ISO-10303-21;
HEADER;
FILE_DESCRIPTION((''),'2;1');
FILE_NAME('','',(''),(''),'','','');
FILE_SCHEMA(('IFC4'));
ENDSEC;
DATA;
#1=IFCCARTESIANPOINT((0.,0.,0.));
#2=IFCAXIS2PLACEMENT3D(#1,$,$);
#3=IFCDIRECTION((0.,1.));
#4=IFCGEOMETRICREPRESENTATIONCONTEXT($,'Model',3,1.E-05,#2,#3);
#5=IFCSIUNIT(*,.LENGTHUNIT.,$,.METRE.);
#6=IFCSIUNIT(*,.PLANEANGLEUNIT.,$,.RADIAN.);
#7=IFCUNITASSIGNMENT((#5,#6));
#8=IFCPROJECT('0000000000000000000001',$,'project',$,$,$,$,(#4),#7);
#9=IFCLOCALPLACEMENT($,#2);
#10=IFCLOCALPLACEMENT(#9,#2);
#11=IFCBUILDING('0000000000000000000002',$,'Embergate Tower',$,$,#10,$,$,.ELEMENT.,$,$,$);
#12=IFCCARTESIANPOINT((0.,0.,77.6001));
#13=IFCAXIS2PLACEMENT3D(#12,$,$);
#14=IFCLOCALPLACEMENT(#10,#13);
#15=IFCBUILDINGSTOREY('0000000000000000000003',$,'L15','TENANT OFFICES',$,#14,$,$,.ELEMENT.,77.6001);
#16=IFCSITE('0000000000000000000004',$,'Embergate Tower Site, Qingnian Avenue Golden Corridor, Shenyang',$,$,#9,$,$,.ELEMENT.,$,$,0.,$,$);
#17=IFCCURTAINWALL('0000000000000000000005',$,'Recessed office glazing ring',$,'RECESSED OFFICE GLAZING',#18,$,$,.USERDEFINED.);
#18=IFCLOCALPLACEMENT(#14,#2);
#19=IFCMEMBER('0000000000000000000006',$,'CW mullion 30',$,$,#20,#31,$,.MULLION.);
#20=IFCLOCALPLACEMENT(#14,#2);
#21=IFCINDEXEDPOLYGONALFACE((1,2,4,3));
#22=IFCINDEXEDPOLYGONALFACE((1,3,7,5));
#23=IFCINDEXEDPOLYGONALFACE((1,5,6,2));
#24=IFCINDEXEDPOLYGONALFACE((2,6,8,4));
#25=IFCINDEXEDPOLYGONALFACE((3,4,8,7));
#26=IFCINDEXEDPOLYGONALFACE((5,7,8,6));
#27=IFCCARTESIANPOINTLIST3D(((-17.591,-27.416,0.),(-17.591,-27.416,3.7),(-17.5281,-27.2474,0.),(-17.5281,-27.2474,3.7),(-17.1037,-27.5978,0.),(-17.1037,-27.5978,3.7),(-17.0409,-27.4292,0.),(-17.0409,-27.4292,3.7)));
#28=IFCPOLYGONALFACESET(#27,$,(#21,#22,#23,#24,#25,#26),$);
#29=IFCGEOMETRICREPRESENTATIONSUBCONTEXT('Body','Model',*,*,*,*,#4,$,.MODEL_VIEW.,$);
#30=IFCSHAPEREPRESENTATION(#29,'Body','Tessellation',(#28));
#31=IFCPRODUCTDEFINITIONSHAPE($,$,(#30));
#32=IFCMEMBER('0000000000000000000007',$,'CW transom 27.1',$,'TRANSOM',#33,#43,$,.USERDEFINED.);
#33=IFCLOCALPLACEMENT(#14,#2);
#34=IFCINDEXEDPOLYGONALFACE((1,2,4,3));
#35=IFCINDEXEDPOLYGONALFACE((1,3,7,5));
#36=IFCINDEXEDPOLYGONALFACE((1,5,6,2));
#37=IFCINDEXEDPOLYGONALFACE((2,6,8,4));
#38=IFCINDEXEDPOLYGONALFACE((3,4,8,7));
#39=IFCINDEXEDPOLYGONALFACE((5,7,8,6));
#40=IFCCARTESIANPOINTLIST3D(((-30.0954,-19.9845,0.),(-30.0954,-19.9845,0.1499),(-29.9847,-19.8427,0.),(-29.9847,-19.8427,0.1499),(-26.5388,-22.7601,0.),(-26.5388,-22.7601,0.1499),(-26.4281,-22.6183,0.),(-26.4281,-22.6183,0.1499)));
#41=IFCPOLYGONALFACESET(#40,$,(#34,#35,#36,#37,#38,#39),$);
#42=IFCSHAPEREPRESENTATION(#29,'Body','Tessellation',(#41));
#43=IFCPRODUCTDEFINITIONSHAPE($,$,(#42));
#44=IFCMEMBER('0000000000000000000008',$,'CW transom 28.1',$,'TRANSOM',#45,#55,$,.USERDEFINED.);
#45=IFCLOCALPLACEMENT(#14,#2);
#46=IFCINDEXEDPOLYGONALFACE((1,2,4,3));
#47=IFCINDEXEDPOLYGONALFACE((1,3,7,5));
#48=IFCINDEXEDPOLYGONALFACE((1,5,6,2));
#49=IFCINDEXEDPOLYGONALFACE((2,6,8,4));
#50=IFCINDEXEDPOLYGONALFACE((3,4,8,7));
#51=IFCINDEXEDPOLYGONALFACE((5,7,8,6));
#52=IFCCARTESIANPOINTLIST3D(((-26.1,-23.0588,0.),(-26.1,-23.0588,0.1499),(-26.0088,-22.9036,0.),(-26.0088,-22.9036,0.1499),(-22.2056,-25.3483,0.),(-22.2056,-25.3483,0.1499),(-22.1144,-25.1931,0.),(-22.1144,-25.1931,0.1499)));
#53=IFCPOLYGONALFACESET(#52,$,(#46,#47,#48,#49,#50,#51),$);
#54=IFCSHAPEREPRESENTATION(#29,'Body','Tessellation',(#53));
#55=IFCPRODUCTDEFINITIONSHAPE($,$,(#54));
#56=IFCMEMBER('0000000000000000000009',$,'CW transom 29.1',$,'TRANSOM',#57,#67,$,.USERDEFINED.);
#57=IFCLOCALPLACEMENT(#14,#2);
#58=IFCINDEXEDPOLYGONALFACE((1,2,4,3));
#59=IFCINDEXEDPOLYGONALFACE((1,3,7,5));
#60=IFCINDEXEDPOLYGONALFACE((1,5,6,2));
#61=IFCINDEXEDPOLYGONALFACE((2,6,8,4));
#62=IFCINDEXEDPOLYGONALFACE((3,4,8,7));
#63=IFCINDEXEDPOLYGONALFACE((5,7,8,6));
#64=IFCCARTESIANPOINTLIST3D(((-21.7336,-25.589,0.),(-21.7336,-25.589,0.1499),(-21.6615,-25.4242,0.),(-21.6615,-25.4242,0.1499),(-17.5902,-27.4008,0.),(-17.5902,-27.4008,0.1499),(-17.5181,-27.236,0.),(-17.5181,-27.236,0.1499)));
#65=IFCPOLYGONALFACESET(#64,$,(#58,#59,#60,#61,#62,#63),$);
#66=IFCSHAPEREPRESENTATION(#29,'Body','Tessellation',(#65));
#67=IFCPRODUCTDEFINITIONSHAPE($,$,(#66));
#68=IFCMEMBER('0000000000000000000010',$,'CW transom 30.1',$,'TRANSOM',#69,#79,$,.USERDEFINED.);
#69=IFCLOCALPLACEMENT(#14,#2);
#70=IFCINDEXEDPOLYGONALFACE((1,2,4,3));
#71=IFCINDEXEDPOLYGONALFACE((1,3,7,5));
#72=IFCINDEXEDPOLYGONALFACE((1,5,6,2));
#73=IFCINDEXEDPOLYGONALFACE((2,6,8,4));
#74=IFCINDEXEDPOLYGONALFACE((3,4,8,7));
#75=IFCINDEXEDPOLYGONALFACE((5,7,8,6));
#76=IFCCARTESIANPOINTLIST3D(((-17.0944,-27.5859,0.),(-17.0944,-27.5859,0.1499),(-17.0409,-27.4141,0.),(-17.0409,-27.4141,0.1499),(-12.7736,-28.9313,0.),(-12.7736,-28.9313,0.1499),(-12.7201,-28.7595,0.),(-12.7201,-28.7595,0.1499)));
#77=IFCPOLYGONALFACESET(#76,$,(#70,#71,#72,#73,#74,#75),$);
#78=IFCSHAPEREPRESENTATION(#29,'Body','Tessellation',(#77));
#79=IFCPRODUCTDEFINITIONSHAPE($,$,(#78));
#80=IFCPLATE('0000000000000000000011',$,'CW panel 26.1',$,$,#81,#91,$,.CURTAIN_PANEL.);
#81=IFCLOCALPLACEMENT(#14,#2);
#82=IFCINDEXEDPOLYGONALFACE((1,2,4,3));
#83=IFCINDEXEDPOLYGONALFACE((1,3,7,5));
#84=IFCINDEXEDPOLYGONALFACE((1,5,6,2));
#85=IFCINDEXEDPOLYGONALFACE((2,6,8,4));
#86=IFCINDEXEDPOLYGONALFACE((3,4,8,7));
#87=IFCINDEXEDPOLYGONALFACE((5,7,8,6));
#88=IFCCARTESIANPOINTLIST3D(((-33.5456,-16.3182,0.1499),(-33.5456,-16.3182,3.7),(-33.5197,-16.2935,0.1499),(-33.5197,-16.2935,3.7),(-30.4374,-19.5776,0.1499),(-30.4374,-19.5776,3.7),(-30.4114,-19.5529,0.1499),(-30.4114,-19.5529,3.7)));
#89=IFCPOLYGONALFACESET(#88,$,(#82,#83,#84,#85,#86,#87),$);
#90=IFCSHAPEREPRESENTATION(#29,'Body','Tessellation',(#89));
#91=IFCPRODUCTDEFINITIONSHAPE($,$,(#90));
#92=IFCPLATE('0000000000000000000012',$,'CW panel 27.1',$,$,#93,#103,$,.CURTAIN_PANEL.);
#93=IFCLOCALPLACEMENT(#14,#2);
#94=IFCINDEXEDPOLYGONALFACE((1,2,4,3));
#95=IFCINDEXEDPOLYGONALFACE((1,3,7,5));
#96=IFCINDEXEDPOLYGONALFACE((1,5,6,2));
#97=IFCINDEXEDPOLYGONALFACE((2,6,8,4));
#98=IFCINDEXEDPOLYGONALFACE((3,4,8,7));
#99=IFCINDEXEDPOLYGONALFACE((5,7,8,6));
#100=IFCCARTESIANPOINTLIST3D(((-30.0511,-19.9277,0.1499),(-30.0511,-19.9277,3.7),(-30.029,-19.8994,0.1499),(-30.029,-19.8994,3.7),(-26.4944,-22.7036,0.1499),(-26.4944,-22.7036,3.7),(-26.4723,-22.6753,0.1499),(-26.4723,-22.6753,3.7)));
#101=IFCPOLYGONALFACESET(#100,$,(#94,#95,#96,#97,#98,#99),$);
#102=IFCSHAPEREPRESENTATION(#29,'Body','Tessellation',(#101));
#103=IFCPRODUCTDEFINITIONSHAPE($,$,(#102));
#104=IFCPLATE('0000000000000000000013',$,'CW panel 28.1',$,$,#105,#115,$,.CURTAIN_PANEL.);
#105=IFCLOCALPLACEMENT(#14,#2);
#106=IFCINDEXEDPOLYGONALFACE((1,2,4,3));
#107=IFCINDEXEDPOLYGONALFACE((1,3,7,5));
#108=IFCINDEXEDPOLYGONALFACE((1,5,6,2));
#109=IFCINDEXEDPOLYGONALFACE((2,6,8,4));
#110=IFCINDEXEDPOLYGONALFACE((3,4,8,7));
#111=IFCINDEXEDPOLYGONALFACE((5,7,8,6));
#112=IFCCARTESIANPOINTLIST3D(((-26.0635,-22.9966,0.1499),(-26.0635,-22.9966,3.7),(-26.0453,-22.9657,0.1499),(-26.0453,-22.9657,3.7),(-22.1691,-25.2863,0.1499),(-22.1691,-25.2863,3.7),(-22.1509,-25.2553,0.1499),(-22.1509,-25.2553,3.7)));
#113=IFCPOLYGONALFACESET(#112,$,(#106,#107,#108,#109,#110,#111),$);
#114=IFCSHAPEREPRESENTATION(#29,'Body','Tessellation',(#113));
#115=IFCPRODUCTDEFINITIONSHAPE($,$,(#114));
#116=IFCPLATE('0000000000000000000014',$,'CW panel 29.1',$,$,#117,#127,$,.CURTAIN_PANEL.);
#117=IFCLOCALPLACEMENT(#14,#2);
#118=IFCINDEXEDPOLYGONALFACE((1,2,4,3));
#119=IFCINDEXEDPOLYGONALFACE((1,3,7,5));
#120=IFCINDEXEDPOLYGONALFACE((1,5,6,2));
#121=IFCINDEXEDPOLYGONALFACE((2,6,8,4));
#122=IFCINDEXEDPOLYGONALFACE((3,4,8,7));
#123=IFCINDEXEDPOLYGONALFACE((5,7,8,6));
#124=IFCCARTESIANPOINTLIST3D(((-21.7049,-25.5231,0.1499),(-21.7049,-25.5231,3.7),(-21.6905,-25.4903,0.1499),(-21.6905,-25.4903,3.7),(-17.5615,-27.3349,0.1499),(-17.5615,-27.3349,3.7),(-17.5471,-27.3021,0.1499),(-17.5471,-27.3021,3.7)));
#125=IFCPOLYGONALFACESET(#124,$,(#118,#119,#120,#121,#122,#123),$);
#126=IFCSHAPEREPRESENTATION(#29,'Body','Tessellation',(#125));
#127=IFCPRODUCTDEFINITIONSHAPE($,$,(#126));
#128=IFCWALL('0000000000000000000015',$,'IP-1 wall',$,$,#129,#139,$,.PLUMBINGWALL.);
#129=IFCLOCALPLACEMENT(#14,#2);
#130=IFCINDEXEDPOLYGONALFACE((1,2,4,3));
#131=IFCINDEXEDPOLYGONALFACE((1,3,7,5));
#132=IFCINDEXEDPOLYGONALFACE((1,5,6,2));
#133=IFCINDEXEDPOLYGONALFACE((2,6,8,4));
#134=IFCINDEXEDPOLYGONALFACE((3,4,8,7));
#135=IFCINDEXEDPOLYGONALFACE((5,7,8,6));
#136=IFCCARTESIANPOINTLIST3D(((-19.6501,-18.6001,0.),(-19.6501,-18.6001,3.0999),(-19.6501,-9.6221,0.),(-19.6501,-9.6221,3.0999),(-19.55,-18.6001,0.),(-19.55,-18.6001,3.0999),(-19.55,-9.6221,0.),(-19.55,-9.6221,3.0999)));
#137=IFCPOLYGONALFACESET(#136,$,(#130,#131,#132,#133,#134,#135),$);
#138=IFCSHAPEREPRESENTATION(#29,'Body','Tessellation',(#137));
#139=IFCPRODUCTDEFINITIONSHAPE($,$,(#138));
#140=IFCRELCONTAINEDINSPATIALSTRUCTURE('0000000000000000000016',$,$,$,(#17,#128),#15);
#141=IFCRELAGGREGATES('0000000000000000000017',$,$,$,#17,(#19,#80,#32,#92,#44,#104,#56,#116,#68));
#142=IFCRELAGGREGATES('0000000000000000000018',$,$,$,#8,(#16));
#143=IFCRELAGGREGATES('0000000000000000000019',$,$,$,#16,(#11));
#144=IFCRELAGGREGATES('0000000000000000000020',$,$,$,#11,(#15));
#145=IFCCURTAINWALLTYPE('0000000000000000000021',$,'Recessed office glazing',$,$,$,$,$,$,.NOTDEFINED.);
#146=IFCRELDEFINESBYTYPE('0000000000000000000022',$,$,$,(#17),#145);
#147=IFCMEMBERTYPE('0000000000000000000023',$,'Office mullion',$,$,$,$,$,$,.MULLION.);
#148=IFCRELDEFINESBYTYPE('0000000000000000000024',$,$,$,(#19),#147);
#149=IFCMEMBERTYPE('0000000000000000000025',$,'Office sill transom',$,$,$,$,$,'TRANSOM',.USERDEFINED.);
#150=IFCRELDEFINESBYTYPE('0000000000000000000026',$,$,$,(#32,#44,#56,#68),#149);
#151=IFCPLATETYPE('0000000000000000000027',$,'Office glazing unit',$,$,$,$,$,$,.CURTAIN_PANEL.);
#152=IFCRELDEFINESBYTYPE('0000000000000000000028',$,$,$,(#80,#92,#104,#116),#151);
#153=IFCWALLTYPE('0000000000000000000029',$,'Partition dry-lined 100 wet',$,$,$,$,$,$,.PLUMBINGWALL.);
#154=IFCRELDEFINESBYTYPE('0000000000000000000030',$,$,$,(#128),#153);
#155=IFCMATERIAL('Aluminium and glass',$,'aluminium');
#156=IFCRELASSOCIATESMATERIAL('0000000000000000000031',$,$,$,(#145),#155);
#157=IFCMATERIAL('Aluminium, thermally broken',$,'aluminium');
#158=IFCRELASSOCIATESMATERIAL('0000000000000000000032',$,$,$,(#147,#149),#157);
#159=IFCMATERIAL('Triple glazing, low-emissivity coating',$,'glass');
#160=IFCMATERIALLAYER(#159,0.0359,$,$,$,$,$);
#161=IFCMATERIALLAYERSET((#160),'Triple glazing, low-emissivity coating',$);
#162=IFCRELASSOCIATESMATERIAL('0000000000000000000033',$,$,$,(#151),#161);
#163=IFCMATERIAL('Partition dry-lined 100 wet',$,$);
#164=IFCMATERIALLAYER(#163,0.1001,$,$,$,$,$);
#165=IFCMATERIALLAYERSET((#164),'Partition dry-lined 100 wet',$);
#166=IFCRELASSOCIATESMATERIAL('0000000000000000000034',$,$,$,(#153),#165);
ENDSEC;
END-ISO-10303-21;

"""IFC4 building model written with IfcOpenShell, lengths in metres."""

from ifc_helpers import new_model, si_unit, direction, frame, frame_2d, origin, origin_2d, place, context, subcontext, project, spatial, rectangle, extrude, source, transform, mapped, material, layer, layer_set, material_profile, profile_set, type_object, element, aggregate, save


model = new_model("IFC4")

# Units and contexts
model_context = context("Model", 3, precision=1e-05, world=origin(), true_north=direction((0.0, 1.0)))
body_context = subcontext(model_context, "Body", "Model", "MODEL_VIEW")
ifc_project = project(units=[si_unit("LENGTHUNIT", "METRE"), si_unit("PLANEANGLEUNIT", "RADIAN")], contexts=[model_context])

# Site, building, storey
site_placement = place(None, origin())
site = spatial("IfcSite", under=ifc_project, at=site_placement, Name="Embergate Tower Site, Qingnian Avenue Golden Corridor, Shenyang", CompositionType="ELEMENT", RefElevation=0.0)
building_placement = place(site_placement, origin())
building = spatial("IfcBuilding", under=site, at=building_placement, Name="Embergate Tower", CompositionType="ELEMENT")
storey_placement = place(building_placement, frame((0.0, 0.0, 77.6001)))
storey = spatial("IfcBuildingStorey", under=building, at=storey_placement, Name="L15", Description="TENANT OFFICES", CompositionType="ELEMENT", Elevation=77.6001)

# Curtain wall, members, plates
ifc_material_1 = material(Name="Aluminium and glass", Category="aluminium")
curtain_wall_type = type_object("IfcCurtainWallType", Name="Recessed office glazing", PredefinedType="NOTDEFINED", material=ifc_material_1)
curtain_wall_placement = place(storey_placement, origin())
curtain_wall = element("IfcCurtainWall", 1, at=curtain_wall_placement, inside=storey, type_object=curtain_wall_type, Name="Recessed office glazing ring", ObjectType="RECESSED OFFICE GLAZING", PredefinedType="USERDEFINED")
ifc_material_2 = material(Name="Aluminium, thermally broken", Category="aluminium")
ifc_material_profile_1 = material_profile(ifc_material_2, rectangle(XDim=0.1799, YDim=0.52, at=origin_2d()), Name="AL 520x180")
ifc_profile_set_1 = profile_set([ifc_material_profile_1], Name="Aluminium, thermally broken")
member_type_1 = type_object("IfcMemberType", Name="Office mullion", PredefinedType="MULLION", material=ifc_profile_set_1)
shared_shape_1 = source(origin(), body_context, "Body", "SweptSolid", [
    extrude(rectangle(XDim=0.1799, YDim=0.52, at=origin_2d()), origin(), (0.0, 0.0, 1.0), 3.7),
])
member_1_placement = place(storey_placement, frame((-17.3159, -27.4226, 0.0), z_axis=(0.0, 0.0, 1.0), x_axis=(0.349508, 0.936934, 0.0)))
member_1 = element("IfcMember", 2, at=member_1_placement, type_object=member_type_1, Name="CW mullion 30", PredefinedType="MULLION", context=body_context, shape_type="MappedRepresentation", body=[
    mapped(shared_shape_1, transform((0.0, 0.0, 0.0))),
])
ifc_material_profile_2 = material_profile(ifc_material_2, rectangle(XDim=0.1799, YDim=0.1499, at=origin_2d()), Name="AL 150x180")
ifc_profile_set_2 = profile_set([ifc_material_profile_2], Name="Aluminium, thermally broken")
member_type_2 = type_object("IfcMemberType", Name="Office sill transom", ElementType="TRANSOM", PredefinedType="USERDEFINED", material=ifc_profile_set_2)
shared_shape_2 = source(origin(), body_context, "Body", "SweptSolid", [
    extrude(rectangle(XDim=0.1799, YDim=0.1499, at=origin_2d()), origin(), (0.0, 0.0, 1.0), 4.5115),
])
member_2_placement = place(storey_placement, frame((-30.04, -19.9136, 0.075), z_axis=(0.788346, -0.615232, 0.0), x_axis=(0.615232, 0.788346, 0.0)))
member_2 = element("IfcMember", 3, at=member_2_placement, type_object=member_type_2, Name="CW transom 27.1", ObjectType="TRANSOM", PredefinedType="USERDEFINED", context=body_context, shape_type="MappedRepresentation", body=[
    mapped(shared_shape_2, transform((0.0, 0.0, 0.0))),
])
shared_shape_3 = source(origin(), body_context, "Body", "SweptSolid", [
    extrude(rectangle(XDim=0.1799, YDim=0.1499, at=origin_2d()), origin(), (0.0, 0.0, 1.0), 4.5176),
])
member_3_placement = place(storey_placement, frame((-26.0544, -22.9812, 0.075), z_axis=(0.862065, -0.506798, 0.0), x_axis=(0.506798, 0.862065, 0.0)))
member_3 = element("IfcMember", 4, at=member_3_placement, type_object=member_type_2, Name="CW transom 28.1", ObjectType="TRANSOM", PredefinedType="USERDEFINED", context=body_context, shape_type="MappedRepresentation", body=[
    mapped(shared_shape_3, transform((0.0, 0.0, 0.0))),
])
shared_shape_4 = source(origin(), body_context, "Body", "SweptSolid", [
    extrude(rectangle(XDim=0.1799, YDim=0.1499, at=origin_2d()), origin(), (0.0, 0.0, 1.0), 4.5222),
])
member_4_placement = place(storey_placement, frame((-21.6975, -25.5066, 0.075), z_axis=(0.916233, -0.400646, 0.0), x_axis=(0.400646, 0.916233, 0.0)))
member_4 = element("IfcMember", 5, at=member_4_placement, type_object=member_type_2, Name="CW transom 29.1", ObjectType="TRANSOM", PredefinedType="USERDEFINED", context=body_context, shape_type="MappedRepresentation", body=[
    mapped(shared_shape_4, transform((0.0, 0.0, 0.0))),
])
shared_shape_5 = source(origin(), body_context, "Body", "SweptSolid", [
    extrude(rectangle(XDim=0.1799, YDim=0.1499, at=origin_2d()), origin(), (0.0, 0.0, 1.0), 4.5254),
])
member_5_placement = place(storey_placement, frame((-17.0676, -27.5, 0.075), z_axis=(0.954781, -0.29731, 0.0), x_axis=(0.29731, 0.954781, 0.0)))
member_5 = element("IfcMember", 6, at=member_5_placement, type_object=member_type_2, Name="CW transom 30.1", ObjectType="TRANSOM", PredefinedType="USERDEFINED", context=body_context, shape_type="MappedRepresentation", body=[
    mapped(shared_shape_5, transform((0.0, 0.0, 0.0))),
])
ifc_material_3 = material(Name="Triple glazing, low-emissivity coating", Category="glass")
ifc_layer_1 = layer(ifc_material_3, 0.0359)
ifc_layer_set_1 = layer_set([ifc_layer_1], Name="Triple glazing, low-emissivity coating")
plate_type = type_object("IfcPlateType", Name="Office glazing unit", PredefinedType="CURTAIN_PANEL", material=ifc_layer_set_1)
shared_shape_6 = source(origin(), body_context, "Body", "SweptSolid", [
    extrude(rectangle(XDim=4.5039, YDim=0.0359, at=origin_2d()), origin(), (0.0, 0.0, 1.0), 3.55),
])
plate_1_placement = place(storey_placement, frame((-31.9785, -17.9355, 0.1499), z_axis=(0.0, 0.0, 1.0), x_axis=(0.69013, -0.723685, 0.0)))
plate_1 = element("IfcPlate", 7, at=plate_1_placement, type_object=plate_type, Name="CW panel 26.1", PredefinedType="CURTAIN_PANEL", context=body_context, shape_type="MappedRepresentation", body=[
    mapped(shared_shape_6, transform((0.0, 0.0, 0.0))),
])
shared_shape_7 = source(origin(), body_context, "Body", "SweptSolid", [
    extrude(rectangle(XDim=4.5117, YDim=0.0359, at=origin_2d()), origin(), (0.0, 0.0, 1.0), 3.55),
])
plate_2_placement = place(storey_placement, frame((-28.2617, -21.3015, 0.1499), z_axis=(0.0, 0.0, 1.0), x_axis=(0.788317, -0.615269, 0.0)))
plate_2 = element("IfcPlate", 8, at=plate_2_placement, type_object=plate_type, Name="CW panel 27.1", PredefinedType="CURTAIN_PANEL", context=body_context, shape_type="MappedRepresentation", body=[
    mapped(shared_shape_7, transform((0.0, 0.0, 0.0))),
])
shared_shape_8 = source(origin(), body_context, "Body", "SweptSolid", [
    extrude(rectangle(XDim=4.5176, YDim=0.0359, at=origin_2d()), origin(), (0.0, 0.0, 1.0), 3.55),
])
plate_3_placement = place(storey_placement, frame((-24.1072, -24.126, 0.1499), z_axis=(0.0, 0.0, 1.0), x_axis=(0.862051, -0.506822, 0.0)))
plate_3 = element("IfcPlate", 9, at=plate_3_placement, type_object=plate_type, Name="CW panel 28.1", PredefinedType="CURTAIN_PANEL", context=body_context, shape_type="MappedRepresentation", body=[
    mapped(shared_shape_8, transform((0.0, 0.0, 0.0))),
])
shared_shape_9 = source(origin(), body_context, "Body", "SweptSolid", [
    extrude(rectangle(XDim=4.5222, YDim=0.0359, at=origin_2d()), origin(), (0.0, 0.0, 1.0), 3.55),
])
plate_4_placement = place(storey_placement, frame((-19.626, -26.4126, 0.1499), z_axis=(0.0, 0.0, 1.0), x_axis=(0.916234, -0.400643, 0.0)))
plate_4 = element("IfcPlate", 10, at=plate_4_placement, type_object=plate_type, Name="CW panel 29.1", PredefinedType="CURTAIN_PANEL", context=body_context, shape_type="MappedRepresentation", body=[
    mapped(shared_shape_9, transform((0.0, 0.0, 0.0))),
])
aggregate(curtain_wall, [member_1, plate_1, member_2, plate_2, member_3, plate_3, member_4, plate_4, member_5])

# Wall
ifc_material_4 = material(Name="Partition dry-lined 100 wet")
ifc_layer_2 = layer(ifc_material_4, 0.1001)
ifc_layer_set_2 = layer_set([ifc_layer_2], Name="Partition dry-lined 100 wet")
wall_type = type_object("IfcWallType", Name="Partition dry-lined 100 wet", PredefinedType="PLUMBINGWALL", material=ifc_layer_set_2)
shared_shape_10 = source(origin(), body_context, "Body", "SweptSolid", [
    extrude(rectangle(XDim=8.978, YDim=0.1001, at=frame_2d((4.489, 0.0))), origin(), (0.0, 0.0, 1.0), 3.0999),
])
wall_placement = place(storey_placement, frame((-19.6001, -18.6001, 0.0), z_axis=(0.0, 0.0, 1.0), x_axis=(0.0, 1.0, 0.0)))
element("IfcWall", 11, at=wall_placement, inside=storey, type_object=wall_type, Name="IP-1 wall", PredefinedType="PLUMBINGWALL", context=body_context, shape_type="MappedRepresentation", body=[
    mapped(shared_shape_10, transform((0.0, 0.0, 0.0))),
])

save(model, "model.ifc")
